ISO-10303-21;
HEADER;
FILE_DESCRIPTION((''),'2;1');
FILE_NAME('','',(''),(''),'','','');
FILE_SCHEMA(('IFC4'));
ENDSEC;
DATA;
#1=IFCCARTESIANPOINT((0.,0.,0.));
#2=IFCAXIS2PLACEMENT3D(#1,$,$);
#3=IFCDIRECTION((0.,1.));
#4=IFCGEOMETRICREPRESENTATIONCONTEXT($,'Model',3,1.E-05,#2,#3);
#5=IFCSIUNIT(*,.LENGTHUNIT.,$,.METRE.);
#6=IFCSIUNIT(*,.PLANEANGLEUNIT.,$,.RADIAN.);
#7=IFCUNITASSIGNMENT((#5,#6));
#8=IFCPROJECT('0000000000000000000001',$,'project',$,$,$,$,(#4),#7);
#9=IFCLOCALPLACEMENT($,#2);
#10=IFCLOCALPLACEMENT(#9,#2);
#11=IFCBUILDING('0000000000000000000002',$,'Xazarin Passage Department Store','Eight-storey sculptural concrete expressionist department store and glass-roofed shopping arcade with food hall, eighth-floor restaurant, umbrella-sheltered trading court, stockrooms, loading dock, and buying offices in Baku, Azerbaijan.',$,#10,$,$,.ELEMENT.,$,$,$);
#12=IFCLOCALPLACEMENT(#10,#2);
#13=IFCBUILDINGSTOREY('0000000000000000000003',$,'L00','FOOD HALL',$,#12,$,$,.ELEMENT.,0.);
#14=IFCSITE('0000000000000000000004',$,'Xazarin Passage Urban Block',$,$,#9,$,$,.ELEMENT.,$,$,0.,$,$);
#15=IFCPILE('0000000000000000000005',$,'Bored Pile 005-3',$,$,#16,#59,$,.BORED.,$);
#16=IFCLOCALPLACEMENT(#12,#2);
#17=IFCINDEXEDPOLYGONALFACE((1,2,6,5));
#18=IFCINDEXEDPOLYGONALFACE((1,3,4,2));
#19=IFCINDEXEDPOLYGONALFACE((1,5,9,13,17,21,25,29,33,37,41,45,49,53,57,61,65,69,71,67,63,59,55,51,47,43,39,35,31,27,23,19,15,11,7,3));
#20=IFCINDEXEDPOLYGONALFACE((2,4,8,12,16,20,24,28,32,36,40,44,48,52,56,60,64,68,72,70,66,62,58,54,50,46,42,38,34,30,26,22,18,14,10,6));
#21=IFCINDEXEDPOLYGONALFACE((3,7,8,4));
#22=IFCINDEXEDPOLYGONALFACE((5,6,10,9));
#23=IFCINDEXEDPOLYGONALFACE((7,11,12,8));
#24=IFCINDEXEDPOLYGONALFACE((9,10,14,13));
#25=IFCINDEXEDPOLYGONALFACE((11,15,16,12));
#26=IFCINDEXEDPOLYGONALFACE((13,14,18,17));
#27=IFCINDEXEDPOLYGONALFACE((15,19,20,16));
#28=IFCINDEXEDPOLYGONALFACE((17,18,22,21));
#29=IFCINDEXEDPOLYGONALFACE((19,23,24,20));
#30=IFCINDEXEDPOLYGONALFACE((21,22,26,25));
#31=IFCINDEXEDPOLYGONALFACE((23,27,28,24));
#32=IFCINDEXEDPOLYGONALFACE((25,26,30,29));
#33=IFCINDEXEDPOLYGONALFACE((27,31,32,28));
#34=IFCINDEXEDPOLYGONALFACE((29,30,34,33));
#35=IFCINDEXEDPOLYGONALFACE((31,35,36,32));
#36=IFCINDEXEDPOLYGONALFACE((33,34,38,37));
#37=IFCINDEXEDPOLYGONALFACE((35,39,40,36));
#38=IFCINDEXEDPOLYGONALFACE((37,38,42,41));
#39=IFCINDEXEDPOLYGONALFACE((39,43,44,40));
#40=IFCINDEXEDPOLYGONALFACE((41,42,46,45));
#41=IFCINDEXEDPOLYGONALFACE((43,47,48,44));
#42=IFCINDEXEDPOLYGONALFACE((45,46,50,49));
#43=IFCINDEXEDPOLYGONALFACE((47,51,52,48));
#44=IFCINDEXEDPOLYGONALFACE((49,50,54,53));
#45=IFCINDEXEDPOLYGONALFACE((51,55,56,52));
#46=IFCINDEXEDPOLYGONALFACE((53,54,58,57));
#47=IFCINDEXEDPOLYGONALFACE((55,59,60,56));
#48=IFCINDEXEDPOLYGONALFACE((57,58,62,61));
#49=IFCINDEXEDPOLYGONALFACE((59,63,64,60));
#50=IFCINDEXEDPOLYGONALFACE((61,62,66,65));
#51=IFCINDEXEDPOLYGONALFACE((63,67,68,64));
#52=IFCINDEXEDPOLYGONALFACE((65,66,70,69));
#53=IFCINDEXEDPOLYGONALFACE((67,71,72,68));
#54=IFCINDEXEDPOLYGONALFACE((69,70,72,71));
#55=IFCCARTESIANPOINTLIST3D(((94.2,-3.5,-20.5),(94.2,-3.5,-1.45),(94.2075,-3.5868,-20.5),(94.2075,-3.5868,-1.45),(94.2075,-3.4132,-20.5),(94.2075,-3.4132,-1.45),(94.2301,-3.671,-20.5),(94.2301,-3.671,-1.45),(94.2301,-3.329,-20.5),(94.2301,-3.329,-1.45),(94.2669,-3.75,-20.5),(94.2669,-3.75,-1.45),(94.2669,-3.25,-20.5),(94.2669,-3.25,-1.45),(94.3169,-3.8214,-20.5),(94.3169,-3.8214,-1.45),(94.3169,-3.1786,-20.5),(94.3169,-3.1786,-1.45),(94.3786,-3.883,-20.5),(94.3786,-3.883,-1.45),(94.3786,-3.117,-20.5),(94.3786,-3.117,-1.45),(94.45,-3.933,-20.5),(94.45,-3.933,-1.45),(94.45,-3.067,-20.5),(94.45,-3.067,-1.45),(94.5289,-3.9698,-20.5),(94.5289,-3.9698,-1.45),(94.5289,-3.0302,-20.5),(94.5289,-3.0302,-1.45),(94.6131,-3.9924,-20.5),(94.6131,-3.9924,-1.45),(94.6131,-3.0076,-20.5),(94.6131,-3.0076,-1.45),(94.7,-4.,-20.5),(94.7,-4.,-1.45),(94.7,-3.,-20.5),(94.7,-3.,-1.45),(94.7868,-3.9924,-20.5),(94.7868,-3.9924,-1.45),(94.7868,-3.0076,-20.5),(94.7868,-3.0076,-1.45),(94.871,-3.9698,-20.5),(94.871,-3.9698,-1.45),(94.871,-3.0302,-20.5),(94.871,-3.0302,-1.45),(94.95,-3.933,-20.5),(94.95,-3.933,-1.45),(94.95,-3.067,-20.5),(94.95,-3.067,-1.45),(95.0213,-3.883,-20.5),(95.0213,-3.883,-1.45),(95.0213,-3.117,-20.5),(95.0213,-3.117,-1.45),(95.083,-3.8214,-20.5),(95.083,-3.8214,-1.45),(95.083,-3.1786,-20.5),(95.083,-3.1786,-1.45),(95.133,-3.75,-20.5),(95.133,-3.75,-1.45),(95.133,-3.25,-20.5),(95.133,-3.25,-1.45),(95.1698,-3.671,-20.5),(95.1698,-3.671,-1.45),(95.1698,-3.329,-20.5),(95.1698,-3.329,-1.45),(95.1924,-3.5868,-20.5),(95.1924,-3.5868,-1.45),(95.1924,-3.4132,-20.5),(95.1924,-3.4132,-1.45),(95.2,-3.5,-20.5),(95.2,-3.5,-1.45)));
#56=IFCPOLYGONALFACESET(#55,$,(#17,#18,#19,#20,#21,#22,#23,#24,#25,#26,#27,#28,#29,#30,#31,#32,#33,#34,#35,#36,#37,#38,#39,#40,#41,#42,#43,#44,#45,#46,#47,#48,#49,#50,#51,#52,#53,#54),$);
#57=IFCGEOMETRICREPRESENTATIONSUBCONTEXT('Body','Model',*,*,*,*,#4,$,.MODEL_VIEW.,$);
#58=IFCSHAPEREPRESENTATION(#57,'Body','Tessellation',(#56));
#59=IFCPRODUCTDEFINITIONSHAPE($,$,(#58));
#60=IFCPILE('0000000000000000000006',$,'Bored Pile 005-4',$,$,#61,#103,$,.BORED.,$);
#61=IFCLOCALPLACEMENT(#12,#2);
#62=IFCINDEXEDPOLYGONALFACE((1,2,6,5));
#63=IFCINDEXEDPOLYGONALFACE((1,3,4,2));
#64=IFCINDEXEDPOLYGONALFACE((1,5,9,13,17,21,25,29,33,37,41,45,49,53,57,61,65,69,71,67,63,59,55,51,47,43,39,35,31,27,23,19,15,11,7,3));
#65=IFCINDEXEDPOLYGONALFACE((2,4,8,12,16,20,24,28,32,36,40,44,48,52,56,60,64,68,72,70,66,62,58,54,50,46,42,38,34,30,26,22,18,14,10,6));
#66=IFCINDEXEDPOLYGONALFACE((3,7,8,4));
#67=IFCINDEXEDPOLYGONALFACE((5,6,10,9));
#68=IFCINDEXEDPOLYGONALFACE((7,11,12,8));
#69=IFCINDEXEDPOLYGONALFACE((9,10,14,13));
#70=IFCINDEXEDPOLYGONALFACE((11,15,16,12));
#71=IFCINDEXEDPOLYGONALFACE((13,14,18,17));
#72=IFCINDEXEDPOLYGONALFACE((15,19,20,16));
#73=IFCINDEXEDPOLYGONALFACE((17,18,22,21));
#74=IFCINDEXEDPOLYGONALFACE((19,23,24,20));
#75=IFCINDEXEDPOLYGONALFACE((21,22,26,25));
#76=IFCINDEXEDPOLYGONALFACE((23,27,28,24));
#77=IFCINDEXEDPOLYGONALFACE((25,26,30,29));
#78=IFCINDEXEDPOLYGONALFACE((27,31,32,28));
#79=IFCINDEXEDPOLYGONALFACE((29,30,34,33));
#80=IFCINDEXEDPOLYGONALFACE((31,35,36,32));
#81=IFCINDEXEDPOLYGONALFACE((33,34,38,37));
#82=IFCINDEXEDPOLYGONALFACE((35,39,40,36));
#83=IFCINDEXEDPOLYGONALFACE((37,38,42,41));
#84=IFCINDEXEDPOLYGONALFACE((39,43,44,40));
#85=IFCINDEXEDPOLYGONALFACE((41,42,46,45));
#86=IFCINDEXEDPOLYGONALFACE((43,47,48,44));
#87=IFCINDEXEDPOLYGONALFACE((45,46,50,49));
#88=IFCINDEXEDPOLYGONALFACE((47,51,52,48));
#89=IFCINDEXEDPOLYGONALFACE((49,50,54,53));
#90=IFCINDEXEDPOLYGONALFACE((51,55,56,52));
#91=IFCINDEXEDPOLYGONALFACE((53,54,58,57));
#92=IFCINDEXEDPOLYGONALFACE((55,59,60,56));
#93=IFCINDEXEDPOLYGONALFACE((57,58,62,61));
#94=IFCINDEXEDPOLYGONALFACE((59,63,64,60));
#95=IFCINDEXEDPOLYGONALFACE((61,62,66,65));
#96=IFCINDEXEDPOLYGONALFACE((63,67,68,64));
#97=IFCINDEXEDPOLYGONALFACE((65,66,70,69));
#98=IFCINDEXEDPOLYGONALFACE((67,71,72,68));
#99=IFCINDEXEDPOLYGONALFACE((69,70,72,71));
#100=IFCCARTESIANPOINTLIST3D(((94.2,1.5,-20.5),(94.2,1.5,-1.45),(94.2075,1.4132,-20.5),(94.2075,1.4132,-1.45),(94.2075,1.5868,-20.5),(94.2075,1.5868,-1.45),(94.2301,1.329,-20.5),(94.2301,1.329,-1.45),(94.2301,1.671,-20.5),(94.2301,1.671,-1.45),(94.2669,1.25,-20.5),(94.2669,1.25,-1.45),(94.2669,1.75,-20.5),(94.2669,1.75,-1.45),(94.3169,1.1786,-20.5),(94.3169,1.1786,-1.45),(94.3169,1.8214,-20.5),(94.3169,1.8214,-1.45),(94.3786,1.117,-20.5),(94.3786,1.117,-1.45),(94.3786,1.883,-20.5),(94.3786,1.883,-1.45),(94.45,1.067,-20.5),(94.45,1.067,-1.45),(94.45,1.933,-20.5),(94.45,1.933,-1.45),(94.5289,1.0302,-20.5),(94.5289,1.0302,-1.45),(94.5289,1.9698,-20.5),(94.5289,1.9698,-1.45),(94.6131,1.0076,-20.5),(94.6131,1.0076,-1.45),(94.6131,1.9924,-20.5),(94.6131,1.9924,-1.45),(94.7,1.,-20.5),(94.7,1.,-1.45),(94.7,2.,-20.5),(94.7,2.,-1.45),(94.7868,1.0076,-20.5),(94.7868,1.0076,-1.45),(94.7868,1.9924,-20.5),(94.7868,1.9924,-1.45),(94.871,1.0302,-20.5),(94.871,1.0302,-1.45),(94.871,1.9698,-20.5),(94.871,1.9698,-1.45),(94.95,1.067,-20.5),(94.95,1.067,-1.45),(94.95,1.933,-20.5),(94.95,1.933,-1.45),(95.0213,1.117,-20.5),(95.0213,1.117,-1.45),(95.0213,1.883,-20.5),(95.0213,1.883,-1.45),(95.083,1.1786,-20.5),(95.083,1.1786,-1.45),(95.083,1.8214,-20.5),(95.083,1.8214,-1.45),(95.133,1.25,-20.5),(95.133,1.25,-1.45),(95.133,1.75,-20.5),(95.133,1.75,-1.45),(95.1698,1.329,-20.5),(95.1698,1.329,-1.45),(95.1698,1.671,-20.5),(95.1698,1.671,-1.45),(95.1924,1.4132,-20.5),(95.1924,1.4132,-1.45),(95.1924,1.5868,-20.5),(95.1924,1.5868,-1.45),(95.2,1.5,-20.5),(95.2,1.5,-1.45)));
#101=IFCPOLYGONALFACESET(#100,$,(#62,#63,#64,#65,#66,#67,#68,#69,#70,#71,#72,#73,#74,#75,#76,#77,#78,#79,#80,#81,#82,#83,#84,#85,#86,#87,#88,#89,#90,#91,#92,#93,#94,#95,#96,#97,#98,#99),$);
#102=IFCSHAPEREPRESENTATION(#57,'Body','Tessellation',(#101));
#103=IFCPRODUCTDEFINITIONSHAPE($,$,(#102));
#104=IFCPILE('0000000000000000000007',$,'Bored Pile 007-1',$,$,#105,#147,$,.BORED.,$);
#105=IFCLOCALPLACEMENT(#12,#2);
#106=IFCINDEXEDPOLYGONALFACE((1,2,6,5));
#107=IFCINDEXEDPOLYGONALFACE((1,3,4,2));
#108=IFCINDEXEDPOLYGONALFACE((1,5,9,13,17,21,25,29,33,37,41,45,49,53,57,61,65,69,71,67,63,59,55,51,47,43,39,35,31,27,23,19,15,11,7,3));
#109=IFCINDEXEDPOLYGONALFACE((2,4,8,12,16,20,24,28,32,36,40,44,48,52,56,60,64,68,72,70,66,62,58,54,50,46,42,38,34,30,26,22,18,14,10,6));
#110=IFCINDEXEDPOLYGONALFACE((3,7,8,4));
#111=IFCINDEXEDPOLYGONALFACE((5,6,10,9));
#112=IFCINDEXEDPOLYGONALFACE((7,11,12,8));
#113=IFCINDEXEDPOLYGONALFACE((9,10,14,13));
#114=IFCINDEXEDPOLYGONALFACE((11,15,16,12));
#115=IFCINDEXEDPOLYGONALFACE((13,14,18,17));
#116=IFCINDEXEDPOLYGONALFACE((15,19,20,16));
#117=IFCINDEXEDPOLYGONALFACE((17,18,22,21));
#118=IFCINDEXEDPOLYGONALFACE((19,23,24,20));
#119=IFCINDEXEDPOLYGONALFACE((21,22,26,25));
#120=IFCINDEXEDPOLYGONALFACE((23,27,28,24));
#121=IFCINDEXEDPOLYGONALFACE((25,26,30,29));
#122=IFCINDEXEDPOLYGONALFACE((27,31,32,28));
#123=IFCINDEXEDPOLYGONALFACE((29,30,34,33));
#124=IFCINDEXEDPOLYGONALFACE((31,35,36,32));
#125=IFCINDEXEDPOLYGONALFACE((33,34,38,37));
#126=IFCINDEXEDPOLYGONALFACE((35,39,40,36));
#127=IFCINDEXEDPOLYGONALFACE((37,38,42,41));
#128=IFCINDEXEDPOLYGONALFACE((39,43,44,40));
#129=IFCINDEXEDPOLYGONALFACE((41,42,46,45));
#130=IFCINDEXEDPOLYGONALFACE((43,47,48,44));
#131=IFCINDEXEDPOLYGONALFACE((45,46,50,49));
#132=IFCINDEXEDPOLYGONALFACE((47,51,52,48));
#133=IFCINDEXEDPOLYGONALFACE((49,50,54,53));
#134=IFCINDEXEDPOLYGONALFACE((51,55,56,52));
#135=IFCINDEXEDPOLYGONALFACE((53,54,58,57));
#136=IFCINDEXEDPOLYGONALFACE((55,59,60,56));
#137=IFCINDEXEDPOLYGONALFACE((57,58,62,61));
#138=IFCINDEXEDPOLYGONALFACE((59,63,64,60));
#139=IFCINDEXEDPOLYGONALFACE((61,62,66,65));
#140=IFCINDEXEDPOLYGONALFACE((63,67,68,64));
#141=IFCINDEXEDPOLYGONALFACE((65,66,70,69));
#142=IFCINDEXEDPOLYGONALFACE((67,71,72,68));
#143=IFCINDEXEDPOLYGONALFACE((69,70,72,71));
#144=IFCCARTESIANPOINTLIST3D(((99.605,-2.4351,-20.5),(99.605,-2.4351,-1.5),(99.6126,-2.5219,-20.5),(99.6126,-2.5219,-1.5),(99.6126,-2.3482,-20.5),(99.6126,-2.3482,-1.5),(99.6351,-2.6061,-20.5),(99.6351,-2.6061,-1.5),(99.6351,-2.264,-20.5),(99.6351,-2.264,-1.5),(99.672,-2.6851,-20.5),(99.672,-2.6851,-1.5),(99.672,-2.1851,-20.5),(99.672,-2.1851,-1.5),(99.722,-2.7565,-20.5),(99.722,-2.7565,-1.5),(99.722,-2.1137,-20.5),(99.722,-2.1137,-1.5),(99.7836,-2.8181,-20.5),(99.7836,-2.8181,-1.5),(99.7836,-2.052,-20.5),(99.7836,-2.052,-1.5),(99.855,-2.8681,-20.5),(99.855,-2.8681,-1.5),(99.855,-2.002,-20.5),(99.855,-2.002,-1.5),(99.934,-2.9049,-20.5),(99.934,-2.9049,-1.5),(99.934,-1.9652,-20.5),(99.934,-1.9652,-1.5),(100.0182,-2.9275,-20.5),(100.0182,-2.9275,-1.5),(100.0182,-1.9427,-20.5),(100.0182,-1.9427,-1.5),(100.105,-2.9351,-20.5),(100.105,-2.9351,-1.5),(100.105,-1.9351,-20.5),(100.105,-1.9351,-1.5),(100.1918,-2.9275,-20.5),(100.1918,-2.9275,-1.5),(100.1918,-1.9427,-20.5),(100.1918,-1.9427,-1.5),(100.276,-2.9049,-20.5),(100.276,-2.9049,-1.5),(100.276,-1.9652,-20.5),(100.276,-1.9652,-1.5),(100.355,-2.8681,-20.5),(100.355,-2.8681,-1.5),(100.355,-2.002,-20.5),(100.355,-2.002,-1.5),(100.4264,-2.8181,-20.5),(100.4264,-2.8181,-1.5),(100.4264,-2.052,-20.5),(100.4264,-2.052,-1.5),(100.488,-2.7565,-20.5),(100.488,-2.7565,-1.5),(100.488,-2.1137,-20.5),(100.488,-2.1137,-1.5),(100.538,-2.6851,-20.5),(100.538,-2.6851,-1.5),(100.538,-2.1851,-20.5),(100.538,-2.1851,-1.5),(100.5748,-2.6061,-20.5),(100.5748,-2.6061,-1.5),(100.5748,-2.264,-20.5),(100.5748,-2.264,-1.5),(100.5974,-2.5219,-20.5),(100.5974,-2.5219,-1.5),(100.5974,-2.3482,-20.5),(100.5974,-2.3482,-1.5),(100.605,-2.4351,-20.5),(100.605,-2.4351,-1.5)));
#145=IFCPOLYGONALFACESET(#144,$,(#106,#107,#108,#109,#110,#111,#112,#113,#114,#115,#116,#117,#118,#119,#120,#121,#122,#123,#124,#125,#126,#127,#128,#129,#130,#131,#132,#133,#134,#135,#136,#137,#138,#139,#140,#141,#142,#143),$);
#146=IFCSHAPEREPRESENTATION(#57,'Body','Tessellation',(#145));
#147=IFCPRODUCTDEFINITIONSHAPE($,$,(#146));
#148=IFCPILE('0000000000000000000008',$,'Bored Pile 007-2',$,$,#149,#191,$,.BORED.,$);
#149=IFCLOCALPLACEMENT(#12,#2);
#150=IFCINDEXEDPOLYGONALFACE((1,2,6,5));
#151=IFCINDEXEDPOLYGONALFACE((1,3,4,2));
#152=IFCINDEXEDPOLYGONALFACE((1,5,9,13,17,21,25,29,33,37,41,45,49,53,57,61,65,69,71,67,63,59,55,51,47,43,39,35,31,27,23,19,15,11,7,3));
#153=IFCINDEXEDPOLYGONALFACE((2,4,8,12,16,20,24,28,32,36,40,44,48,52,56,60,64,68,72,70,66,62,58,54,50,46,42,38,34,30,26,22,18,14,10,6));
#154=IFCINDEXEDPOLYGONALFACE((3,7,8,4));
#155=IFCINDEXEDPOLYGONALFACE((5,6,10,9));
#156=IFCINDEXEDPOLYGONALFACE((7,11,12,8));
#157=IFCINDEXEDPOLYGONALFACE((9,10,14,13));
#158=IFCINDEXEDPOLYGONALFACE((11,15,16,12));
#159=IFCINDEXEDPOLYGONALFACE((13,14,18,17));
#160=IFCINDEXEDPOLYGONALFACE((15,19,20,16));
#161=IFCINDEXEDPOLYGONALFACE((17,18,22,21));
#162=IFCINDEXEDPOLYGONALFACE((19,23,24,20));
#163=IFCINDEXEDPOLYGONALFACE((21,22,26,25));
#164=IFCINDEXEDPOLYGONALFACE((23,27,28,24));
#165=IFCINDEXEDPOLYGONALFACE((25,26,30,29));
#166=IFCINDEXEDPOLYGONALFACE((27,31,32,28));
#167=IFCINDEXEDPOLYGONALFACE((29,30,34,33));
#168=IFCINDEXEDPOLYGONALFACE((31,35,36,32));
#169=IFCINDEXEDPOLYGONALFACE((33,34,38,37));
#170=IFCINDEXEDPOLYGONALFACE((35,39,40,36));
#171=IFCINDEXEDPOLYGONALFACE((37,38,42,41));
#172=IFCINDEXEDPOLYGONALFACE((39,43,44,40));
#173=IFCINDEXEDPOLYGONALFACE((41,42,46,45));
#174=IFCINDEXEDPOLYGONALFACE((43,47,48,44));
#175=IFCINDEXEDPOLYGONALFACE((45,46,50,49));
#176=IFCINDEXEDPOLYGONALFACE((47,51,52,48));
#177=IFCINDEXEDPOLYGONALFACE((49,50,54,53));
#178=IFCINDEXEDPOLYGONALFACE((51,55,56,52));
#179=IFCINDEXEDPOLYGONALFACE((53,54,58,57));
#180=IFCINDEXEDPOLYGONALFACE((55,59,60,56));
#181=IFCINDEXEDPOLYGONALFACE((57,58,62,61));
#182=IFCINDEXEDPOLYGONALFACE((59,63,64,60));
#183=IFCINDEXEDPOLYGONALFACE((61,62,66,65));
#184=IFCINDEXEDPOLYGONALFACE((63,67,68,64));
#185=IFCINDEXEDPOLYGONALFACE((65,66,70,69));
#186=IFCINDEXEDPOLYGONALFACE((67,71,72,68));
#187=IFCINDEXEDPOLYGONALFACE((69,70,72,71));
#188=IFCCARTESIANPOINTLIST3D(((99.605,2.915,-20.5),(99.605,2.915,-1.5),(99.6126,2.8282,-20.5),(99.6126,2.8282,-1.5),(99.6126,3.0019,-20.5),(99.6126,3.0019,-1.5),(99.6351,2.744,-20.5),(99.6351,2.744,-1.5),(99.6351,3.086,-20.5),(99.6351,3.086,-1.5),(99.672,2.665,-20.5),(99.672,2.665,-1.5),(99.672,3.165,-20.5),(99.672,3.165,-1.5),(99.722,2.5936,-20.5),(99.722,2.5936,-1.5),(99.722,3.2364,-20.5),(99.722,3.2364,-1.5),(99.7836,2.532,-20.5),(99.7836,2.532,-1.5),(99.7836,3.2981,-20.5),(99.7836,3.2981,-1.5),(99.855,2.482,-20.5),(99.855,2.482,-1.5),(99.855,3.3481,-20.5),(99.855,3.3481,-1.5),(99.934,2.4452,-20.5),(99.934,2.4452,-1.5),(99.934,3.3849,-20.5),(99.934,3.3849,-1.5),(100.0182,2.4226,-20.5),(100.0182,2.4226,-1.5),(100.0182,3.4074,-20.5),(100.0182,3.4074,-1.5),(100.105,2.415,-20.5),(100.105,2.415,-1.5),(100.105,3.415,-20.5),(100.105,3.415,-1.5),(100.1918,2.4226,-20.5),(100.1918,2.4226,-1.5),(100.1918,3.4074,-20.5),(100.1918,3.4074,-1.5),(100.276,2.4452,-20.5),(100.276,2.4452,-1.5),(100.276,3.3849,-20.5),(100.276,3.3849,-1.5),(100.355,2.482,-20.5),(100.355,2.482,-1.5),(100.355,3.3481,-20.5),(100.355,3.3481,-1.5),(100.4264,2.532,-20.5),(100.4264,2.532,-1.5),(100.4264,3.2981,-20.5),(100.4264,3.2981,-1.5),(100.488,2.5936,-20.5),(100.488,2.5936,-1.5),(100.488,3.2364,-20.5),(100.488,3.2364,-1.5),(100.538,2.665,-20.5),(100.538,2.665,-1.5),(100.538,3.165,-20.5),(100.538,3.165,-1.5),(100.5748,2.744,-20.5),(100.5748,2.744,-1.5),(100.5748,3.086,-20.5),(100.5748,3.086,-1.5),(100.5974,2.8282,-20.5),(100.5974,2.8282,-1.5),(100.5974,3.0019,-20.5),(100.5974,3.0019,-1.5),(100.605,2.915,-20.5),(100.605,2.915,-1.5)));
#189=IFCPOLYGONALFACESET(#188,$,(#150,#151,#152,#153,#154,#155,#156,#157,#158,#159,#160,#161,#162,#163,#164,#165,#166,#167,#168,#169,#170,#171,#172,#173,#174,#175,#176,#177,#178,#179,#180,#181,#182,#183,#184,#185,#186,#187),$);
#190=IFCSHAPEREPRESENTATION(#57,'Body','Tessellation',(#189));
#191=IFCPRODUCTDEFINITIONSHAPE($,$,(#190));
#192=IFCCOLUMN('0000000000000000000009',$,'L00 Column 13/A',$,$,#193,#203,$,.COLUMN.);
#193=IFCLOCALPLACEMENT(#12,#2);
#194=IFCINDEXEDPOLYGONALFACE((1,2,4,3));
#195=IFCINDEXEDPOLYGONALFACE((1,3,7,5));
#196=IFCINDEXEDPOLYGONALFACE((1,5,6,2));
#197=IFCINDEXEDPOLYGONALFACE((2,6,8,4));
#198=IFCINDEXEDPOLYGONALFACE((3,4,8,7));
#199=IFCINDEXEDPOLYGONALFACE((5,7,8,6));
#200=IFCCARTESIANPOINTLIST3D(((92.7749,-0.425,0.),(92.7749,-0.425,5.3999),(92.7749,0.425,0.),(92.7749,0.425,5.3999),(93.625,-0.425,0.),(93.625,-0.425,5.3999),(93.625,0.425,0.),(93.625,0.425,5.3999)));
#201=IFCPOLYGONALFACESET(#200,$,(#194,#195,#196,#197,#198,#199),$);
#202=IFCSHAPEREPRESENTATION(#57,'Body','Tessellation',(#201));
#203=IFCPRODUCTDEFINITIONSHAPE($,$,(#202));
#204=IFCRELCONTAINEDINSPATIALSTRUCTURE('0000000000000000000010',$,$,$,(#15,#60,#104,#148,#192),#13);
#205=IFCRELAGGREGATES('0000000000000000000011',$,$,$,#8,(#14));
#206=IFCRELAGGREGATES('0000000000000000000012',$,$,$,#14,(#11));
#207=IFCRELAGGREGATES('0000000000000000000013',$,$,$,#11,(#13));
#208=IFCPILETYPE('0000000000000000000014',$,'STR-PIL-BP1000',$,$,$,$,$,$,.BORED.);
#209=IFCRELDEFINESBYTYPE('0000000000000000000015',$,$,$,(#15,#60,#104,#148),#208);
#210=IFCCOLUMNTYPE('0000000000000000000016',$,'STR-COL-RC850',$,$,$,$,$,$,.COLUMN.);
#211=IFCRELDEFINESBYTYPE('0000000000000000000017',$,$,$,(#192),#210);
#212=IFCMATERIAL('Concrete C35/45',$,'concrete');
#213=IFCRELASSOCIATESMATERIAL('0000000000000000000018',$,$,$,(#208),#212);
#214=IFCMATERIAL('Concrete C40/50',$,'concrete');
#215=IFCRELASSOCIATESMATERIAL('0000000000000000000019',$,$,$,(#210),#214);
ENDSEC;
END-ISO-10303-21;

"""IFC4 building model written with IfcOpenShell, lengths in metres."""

from ifc_helpers import new_model, si_unit, direction, frame, origin, origin_2d, place, context, subcontext, project, spatial, rectangle, circle, extrude, material, material_profile, profile_set, type_object, element, save


model = new_model("IFC4")

# Units and contexts
model_context = context("Model", 3, precision=1e-05, world=origin(), true_north=direction((0.0, 1.0)))
body_context = subcontext(model_context, "Body", "Model", "MODEL_VIEW")
ifc_project = project(units=[si_unit("LENGTHUNIT", "METRE"), si_unit("PLANEANGLEUNIT", "RADIAN")], contexts=[model_context])

# Site, building, storey
site_placement = place(None, origin())
site = spatial("IfcSite", under=ifc_project, at=site_placement, Name="Xazarin Passage Urban Block", CompositionType="ELEMENT", RefElevation=0.0)
building_placement = place(site_placement, origin())
building = spatial("IfcBuilding", under=site, at=building_placement, Name="Xazarin Passage Department Store", Description="Eight-storey sculptural concrete expressionist department store and glass-roofed shopping arcade with food hall, eighth-floor restaurant, umbrella-sheltered trading court, stockrooms, loading dock, and buying offices in Baku, Azerbaijan.", CompositionType="ELEMENT")
storey_placement = place(building_placement, origin())
storey = spatial("IfcBuildingStorey", under=building, at=storey_placement, Name="L00", Description="FOOD HALL", CompositionType="ELEMENT", Elevation=0.0)

# Piles
ifc_material_1 = material(Name="Concrete C35/45", Category="concrete")
ifc_material_profile_1 = material_profile(ifc_material_1, circle(Radius=0.5, at=origin_2d()), Name="BP 1000")
ifc_profile_set_1 = profile_set([ifc_material_profile_1], Name="Concrete C35/45")
pile_type = type_object("IfcPileType", Name="STR-PIL-BP1000", PredefinedType="BORED", material=ifc_profile_set_1)
for number, where, z_axis, x_axis, name in (
    (1, (94.7, -3.5, -1.45), (0.0, 0.0, -1.0), (1.0, 0.0, 0.0), "Bored Pile 005-3"),
    (2, (94.7, 1.5, -1.45), (0.0, 0.0, -1.0), (1.0, 0.0, 0.0), "Bored Pile 005-4"),
):
    element("IfcPile", number, at=place(storey_placement, frame(where, z_axis=z_axis, x_axis=x_axis)), inside=storey, type_object=pile_type, Name=name, PredefinedType="BORED", context=body_context, shape_type="SweptSolid", body=[
        extrude(circle(Radius=0.5, at=origin_2d()), origin(), (0.0, 0.0, 1.0), 19.05),
    ])
for number, where, z_axis, x_axis, name in (
    (3, (100.105, -2.4351, -1.5), (0.0, 0.0, -1.0), (1.0, 0.0, 0.0), "Bored Pile 007-1"),
    (4, (100.105, 2.915, -1.5), (0.0, 0.0, -1.0), (1.0, 0.0, 0.0), "Bored Pile 007-2"),
):
    element("IfcPile", number, at=place(storey_placement, frame(where, z_axis=z_axis, x_axis=x_axis)), inside=storey, type_object=pile_type, Name=name, PredefinedType="BORED", context=body_context, shape_type="SweptSolid", body=[
        extrude(circle(Radius=0.5, at=origin_2d()), origin(), (0.0, 0.0, 1.0), 19.0),
    ])

# Column
ifc_material_2 = material(Name="Concrete C40/50", Category="concrete")
ifc_material_profile_2 = material_profile(ifc_material_2, rectangle(XDim=0.8501, YDim=0.8501, at=origin_2d()), Name="RC 850x850")
ifc_profile_set_2 = profile_set([ifc_material_profile_2], Name="Concrete C40/50")
column_type_1 = type_object("IfcColumnType", Name="STR-COL-RC850", PredefinedType="COLUMN", material=ifc_profile_set_2)
column_1_placement = place(storey_placement, frame((93.2, 0.0, 0.0), z_axis=(0.0, 0.0, 1.0), x_axis=(1.0, 0.0, 0.0)))
element("IfcColumn", 5, at=column_1_placement, inside=storey, type_object=column_type_1, Name="L00 Column 13/A", PredefinedType="COLUMN", context=body_context, shape_type="SweptSolid", body=[
    extrude(rectangle(XDim=0.8501, YDim=0.8501, at=origin_2d()), origin(), (0.0, 0.0, 1.0), 5.3999),
])

save(model, "model.ifc")
